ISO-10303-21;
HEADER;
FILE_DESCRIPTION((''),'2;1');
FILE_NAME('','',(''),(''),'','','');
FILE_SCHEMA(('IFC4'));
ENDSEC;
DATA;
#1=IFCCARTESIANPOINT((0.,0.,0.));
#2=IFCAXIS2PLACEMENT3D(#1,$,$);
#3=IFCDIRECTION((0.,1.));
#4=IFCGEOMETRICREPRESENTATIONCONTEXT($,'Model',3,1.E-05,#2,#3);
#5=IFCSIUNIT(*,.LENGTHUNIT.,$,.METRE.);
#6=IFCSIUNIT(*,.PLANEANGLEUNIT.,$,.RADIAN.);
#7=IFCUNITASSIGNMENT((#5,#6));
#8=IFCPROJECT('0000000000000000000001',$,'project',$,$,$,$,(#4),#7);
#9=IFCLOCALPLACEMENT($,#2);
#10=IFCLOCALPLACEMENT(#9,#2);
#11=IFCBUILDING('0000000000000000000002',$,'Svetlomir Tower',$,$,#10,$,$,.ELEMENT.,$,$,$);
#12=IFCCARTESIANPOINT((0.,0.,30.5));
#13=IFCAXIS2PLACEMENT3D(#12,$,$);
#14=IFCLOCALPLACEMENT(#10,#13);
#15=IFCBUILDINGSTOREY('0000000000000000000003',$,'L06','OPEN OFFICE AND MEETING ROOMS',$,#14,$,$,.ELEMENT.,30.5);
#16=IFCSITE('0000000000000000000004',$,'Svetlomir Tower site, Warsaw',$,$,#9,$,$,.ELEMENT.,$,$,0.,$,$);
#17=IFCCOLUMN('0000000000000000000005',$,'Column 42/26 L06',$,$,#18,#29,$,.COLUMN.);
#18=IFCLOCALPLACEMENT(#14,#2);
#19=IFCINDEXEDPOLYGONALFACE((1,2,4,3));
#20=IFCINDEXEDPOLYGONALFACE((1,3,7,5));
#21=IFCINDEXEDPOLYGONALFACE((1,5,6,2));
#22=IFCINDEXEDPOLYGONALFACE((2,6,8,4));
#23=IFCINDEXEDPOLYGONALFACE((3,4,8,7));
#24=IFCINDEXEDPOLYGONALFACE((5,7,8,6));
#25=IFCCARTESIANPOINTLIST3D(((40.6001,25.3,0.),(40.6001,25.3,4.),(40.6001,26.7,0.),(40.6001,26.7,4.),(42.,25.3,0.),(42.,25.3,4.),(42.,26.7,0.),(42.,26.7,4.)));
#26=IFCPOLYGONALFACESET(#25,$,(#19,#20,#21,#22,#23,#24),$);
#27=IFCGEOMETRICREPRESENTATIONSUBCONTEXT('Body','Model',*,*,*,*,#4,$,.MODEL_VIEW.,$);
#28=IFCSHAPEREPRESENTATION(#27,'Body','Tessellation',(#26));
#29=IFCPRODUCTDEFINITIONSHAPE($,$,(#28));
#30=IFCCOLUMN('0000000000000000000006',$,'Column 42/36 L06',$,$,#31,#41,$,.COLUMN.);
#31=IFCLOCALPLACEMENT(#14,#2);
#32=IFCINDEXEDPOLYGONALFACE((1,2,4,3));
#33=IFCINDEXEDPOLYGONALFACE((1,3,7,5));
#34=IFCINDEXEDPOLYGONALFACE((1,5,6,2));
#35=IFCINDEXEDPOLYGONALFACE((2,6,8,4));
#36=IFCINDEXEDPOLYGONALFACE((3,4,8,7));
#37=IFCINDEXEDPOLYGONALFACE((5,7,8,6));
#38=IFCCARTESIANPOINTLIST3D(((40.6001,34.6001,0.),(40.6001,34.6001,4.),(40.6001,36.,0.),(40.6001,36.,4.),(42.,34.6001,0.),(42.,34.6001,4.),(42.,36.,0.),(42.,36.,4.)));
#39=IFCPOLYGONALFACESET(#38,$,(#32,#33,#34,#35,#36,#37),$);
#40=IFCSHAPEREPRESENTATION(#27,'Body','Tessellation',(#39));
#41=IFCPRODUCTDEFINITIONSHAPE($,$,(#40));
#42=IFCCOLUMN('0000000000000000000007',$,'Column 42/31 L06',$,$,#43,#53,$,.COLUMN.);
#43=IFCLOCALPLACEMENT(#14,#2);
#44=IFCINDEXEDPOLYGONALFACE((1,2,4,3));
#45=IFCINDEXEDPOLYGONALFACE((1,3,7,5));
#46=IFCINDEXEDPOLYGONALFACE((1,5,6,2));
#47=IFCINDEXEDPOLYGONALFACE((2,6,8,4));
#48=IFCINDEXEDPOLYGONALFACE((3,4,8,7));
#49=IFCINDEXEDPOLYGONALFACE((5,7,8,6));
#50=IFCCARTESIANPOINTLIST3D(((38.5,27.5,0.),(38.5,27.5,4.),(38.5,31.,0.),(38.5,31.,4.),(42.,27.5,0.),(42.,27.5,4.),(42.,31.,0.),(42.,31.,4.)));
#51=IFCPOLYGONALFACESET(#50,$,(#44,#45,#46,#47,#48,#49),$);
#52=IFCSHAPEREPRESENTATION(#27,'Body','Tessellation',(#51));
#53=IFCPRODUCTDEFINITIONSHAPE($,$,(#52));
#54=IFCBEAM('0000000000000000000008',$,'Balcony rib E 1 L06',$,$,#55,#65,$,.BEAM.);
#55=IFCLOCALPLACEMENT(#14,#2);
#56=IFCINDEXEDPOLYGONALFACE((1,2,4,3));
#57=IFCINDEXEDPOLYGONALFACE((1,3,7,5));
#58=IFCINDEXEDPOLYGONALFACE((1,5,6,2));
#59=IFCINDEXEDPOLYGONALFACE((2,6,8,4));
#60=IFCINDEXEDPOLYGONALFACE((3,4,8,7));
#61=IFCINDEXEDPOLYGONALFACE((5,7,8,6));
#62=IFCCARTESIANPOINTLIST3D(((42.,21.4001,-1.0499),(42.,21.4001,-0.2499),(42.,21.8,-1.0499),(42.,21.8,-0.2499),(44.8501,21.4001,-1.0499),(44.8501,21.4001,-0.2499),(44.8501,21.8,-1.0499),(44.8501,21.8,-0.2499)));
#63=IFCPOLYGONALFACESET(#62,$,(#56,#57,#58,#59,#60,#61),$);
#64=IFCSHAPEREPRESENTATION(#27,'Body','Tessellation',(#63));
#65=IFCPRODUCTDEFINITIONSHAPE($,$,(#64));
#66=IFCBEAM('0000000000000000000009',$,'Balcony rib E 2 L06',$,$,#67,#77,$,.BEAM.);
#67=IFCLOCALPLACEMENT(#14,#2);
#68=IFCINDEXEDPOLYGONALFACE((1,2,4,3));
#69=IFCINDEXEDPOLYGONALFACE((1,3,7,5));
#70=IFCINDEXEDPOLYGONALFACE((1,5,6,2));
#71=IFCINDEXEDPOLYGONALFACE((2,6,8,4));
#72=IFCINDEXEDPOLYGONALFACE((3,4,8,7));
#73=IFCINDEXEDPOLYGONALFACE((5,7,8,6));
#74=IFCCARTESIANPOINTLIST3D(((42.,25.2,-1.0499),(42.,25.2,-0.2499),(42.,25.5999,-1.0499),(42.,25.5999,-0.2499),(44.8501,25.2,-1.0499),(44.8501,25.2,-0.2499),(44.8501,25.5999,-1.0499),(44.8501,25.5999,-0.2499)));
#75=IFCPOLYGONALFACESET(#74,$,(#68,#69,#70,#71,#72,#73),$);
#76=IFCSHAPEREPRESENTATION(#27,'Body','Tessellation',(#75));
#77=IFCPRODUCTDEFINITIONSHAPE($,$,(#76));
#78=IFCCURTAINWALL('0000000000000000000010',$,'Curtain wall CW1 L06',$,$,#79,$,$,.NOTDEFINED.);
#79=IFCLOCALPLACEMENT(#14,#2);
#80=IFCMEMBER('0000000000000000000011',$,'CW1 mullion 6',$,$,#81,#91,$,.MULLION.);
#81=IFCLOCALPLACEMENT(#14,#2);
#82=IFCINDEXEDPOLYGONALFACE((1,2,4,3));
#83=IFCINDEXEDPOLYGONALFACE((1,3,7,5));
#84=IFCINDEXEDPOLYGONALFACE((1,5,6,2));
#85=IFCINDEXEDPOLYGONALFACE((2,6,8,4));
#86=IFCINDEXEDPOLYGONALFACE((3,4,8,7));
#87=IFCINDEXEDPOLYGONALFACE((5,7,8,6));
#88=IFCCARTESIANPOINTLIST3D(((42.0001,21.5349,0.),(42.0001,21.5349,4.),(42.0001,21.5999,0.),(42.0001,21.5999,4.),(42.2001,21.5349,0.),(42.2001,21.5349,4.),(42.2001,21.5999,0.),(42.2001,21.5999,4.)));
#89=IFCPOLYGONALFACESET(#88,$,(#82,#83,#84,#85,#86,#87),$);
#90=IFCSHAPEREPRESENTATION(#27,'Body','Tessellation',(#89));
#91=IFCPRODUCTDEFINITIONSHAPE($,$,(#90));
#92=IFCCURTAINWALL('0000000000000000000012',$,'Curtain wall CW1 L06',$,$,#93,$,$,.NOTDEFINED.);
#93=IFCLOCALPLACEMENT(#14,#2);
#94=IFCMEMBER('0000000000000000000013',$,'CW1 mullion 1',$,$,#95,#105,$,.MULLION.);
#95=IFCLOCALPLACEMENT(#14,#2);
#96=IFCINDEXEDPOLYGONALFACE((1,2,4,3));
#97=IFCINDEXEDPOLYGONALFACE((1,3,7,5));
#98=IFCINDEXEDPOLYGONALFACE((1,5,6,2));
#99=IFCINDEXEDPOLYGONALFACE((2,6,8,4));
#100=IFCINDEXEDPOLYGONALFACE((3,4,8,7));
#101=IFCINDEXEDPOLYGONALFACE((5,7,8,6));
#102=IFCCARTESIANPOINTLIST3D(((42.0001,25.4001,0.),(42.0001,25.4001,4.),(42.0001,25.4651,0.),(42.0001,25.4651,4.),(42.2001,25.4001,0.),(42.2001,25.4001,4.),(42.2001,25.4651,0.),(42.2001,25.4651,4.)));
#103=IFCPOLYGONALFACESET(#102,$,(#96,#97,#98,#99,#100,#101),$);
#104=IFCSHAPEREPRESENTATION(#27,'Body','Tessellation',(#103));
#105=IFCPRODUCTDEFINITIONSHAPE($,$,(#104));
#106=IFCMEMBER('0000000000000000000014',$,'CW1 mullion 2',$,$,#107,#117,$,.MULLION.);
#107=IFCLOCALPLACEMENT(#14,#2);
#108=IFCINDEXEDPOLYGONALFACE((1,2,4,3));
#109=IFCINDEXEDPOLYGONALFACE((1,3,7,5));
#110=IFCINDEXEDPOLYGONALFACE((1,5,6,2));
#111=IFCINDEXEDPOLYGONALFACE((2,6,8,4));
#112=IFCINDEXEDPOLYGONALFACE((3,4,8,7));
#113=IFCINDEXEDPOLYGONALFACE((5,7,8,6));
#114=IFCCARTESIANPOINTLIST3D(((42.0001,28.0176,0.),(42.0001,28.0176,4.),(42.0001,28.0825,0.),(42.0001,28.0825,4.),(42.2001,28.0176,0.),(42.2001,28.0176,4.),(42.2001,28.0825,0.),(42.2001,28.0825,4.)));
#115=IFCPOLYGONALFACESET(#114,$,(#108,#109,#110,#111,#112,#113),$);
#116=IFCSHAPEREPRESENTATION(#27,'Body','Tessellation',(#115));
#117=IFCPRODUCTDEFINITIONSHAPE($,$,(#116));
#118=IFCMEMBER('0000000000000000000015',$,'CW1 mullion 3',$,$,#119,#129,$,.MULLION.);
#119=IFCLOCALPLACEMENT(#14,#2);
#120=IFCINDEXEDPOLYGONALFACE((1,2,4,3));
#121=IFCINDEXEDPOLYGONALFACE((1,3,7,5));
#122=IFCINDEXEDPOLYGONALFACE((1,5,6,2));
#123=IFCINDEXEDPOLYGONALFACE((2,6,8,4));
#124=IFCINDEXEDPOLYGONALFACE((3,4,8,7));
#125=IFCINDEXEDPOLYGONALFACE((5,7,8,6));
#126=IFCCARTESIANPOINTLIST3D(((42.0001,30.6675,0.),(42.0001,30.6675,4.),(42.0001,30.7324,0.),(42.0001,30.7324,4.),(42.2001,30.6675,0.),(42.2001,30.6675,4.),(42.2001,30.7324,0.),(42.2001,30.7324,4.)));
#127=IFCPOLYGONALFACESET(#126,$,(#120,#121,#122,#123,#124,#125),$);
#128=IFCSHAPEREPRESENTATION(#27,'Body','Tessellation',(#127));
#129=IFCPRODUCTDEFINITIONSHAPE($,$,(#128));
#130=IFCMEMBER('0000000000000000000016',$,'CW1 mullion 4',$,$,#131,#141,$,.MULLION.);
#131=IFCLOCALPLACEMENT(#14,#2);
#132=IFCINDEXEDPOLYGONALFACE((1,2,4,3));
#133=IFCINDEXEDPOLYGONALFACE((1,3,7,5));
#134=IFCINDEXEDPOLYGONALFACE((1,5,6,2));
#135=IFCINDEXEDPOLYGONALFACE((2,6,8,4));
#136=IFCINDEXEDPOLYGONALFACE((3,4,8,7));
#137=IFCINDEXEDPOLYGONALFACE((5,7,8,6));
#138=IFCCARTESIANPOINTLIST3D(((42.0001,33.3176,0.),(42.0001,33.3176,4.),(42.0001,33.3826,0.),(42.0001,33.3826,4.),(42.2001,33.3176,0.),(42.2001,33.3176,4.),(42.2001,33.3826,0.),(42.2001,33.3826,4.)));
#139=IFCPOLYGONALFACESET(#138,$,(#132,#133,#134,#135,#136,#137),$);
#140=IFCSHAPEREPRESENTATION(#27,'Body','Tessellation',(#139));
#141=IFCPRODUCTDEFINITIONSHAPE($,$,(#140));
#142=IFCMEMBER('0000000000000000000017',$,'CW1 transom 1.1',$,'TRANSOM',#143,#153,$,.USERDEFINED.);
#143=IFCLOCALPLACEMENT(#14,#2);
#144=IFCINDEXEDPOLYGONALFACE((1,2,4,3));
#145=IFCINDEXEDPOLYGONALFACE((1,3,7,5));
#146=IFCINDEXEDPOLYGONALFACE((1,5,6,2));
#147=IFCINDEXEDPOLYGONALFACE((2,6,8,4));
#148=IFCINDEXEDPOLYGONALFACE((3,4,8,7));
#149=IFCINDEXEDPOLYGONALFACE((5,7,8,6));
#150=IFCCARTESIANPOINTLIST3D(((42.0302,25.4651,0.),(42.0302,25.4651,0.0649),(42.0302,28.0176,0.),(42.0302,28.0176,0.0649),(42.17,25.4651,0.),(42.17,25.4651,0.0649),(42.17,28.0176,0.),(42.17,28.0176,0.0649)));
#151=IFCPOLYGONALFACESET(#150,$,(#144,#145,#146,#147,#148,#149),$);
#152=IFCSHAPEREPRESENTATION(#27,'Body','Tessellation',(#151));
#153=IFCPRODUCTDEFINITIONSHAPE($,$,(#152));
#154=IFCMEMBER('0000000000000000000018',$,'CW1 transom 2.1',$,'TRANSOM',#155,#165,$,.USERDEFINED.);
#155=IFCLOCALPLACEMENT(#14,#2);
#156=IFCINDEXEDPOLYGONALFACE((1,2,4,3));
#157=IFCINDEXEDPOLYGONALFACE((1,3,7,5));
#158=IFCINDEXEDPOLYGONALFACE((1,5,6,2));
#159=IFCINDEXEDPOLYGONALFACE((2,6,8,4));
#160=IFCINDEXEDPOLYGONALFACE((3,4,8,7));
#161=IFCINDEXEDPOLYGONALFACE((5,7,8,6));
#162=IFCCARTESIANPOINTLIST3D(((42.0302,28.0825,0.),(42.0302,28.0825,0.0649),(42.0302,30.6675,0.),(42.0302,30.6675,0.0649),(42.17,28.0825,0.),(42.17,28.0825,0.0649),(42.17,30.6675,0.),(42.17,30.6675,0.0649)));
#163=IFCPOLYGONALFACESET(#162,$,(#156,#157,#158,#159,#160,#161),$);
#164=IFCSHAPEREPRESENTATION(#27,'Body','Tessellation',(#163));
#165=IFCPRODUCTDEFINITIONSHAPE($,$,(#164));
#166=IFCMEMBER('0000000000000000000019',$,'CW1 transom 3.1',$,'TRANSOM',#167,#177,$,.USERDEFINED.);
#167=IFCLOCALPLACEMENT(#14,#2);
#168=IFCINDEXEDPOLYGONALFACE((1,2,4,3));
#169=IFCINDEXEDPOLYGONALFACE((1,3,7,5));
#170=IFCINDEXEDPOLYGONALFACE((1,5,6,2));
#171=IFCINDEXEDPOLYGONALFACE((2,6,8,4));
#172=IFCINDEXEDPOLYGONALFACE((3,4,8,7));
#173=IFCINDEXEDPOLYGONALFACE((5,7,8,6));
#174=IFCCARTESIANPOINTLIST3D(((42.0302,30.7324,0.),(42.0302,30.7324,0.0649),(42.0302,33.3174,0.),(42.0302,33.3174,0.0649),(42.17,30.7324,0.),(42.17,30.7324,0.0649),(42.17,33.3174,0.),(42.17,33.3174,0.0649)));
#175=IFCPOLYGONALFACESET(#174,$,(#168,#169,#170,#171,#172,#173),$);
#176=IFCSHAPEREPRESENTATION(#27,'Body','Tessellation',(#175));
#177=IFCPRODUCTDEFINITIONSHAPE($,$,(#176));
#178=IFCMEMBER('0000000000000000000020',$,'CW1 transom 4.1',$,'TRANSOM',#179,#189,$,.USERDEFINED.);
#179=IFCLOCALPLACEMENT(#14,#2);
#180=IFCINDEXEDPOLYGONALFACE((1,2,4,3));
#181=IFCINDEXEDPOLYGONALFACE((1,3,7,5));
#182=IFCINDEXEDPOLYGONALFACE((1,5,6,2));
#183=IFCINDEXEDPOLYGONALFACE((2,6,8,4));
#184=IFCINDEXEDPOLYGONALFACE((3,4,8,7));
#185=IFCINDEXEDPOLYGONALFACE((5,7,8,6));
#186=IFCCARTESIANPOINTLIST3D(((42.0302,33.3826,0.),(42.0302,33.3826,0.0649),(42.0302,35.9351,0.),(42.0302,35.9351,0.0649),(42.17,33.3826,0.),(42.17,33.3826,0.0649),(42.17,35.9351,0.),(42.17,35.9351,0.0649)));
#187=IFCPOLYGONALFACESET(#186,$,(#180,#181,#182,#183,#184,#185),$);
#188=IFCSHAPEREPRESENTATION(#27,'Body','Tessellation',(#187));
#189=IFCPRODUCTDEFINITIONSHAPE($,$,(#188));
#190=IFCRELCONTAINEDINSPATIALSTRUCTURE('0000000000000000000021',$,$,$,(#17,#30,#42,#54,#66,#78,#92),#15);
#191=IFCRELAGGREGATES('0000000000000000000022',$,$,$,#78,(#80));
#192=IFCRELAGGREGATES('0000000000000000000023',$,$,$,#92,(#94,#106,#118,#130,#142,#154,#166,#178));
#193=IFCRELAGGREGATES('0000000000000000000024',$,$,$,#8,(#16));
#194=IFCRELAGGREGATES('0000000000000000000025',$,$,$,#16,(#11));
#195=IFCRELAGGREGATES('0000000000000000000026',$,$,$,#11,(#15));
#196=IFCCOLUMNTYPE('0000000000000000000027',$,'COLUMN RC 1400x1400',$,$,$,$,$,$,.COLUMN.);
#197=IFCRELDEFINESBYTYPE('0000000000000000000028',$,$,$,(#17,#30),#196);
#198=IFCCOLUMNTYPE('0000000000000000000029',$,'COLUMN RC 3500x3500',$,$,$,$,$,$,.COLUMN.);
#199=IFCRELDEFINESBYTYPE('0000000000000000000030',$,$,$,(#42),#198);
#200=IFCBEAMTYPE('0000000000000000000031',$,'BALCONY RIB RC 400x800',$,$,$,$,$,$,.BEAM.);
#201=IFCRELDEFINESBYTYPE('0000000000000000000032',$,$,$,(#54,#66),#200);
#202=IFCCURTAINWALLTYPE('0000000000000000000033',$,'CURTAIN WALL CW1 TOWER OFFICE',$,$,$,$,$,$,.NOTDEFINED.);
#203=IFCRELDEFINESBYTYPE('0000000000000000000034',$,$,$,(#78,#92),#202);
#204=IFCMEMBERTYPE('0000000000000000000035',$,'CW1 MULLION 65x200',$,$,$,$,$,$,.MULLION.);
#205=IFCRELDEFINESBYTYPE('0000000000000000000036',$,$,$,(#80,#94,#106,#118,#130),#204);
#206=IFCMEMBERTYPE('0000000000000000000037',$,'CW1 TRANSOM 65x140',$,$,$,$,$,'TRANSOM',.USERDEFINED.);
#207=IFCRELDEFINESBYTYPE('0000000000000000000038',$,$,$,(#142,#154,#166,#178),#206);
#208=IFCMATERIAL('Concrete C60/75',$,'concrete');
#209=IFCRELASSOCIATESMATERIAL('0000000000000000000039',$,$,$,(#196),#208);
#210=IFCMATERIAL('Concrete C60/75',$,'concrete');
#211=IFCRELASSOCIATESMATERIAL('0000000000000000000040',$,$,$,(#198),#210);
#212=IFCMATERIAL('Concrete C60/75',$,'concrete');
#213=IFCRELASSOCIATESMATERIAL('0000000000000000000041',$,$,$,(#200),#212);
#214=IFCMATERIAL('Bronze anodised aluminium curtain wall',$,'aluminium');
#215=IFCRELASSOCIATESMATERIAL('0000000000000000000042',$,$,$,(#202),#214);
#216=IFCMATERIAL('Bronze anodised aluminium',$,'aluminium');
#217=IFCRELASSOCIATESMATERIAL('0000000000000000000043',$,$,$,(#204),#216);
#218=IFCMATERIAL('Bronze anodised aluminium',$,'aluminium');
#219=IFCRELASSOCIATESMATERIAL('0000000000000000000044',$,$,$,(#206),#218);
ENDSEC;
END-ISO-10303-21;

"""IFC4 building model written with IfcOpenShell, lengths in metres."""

from ifc_helpers import new_model, si_unit, direction, frame, origin, origin_2d, place, context, subcontext, project, spatial, rectangle, extrude, material, material_profile, profile_set, type_object, element, aggregate, save


model = new_model("IFC4")

# Units and contexts
model_context = context("Model", 3, precision=1e-05, world=origin(), true_north=direction((0.0, 1.0)))
body_context = subcontext(model_context, "Body", "Model", "MODEL_VIEW")
ifc_project = project(units=[si_unit("LENGTHUNIT", "METRE"), si_unit("PLANEANGLEUNIT", "RADIAN")], contexts=[model_context])

# Site, building, storey
site_placement = place(None, origin())
site = spatial("IfcSite", under=ifc_project, at=site_placement, Name="Svetlomir Tower site, Warsaw", CompositionType="ELEMENT", RefElevation=0.0)
building_placement = place(site_placement, origin())
building = spatial("IfcBuilding", under=site, at=building_placement, Name="Svetlomir Tower", CompositionType="ELEMENT")
storey_placement = place(building_placement, frame((0.0, 0.0, 30.5)))
storey = spatial("IfcBuildingStorey", under=building, at=storey_placement, Name="L06", Description="OPEN OFFICE AND MEETING ROOMS", CompositionType="ELEMENT", Elevation=30.5)

# Columns
ifc_material_1 = material(Name="Concrete C60/75", Category="concrete")
ifc_material_profile_1 = material_profile(ifc_material_1, rectangle(XDim=1.3999, YDim=1.3999, at=origin_2d()), Name="RC 1400x1400")
ifc_profile_set_1 = profile_set([ifc_material_profile_1], Name="Concrete C60/75")
column_type_1 = type_object("IfcColumnType", Name="COLUMN RC 1400x1400", PredefinedType="COLUMN", material=ifc_profile_set_1)
for number, where, z_axis, x_axis, name in (
    (1, (41.3, 26.0, 0.0), (0.0, 0.0, 1.0), (1.0, 0.0, 0.0), "Column 42/26 L06"),
    (2, (41.3, 35.3, 0.0), (0.0, 0.0, 1.0), (1.0, 0.0, 0.0), "Column 42/36 L06"),
):
    element("IfcColumn", number, at=place(storey_placement, frame(where, z_axis=z_axis, x_axis=x_axis)), inside=storey, type_object=column_type_1, Name=name, PredefinedType="COLUMN", context=body_context, shape_type="SweptSolid", body=[
        extrude(rectangle(XDim=1.3999, YDim=1.3999, at=origin_2d()), origin(), (0.0, 0.0, 1.0), 4.0),
    ])
ifc_material_2 = material(Name="Concrete C60/75", Category="concrete")
ifc_material_profile_2 = material_profile(ifc_material_2, rectangle(XDim=3.5, YDim=3.5, at=origin_2d()), Name="RC 3500x3500")
ifc_profile_set_2 = profile_set([ifc_material_profile_2], Name="Concrete C60/75")
column_type_2 = type_object("IfcColumnType", Name="COLUMN RC 3500x3500", PredefinedType="COLUMN", material=ifc_profile_set_2)
column_placement = place(storey_placement, frame((40.25, 29.25, 0.0), z_axis=(0.0, 0.0, 1.0), x_axis=(1.0, 0.0, 0.0)))
element("IfcColumn", 3, at=column_placement, inside=storey, type_object=column_type_2, Name="Column 42/31 L06", PredefinedType="COLUMN", context=body_context, shape_type="SweptSolid", body=[
    extrude(rectangle(XDim=3.5, YDim=3.5, at=origin_2d()), origin(), (0.0, 0.0, 1.0), 4.0),
])

# Beams
ifc_material_3 = material(Name="Concrete C60/75", Category="concrete")
ifc_material_profile_3 = material_profile(ifc_material_3, rectangle(XDim=0.3999, YDim=0.8, at=origin_2d()), Name="RC 400x800")
ifc_profile_set_3 = profile_set([ifc_material_profile_3], Name="Concrete C60/75")
beam_type_1 = type_object("IfcBeamType", Name="BALCONY RIB RC 400x800", PredefinedType="BEAM", material=ifc_profile_set_3)
for number, where, z_axis, x_axis, name in (
    (4, (42.0, 21.6001, -0.6499), (1.0, 0.0, 0.0), (0.0, 1.0, 0.0), "Balcony rib E 1 L06"),
    (5, (42.0, 25.3999, -0.6499), (1.0, 0.0, 0.0), (0.0, 1.0, 0.0), "Balcony rib E 2 L06"),
):
    element("IfcBeam", number, at=place(storey_placement, frame(where, z_axis=z_axis, x_axis=x_axis)), inside=storey, type_object=beam_type_1, Name=name, PredefinedType="BEAM", context=body_context, shape_type="SweptSolid", body=[
        extrude(rectangle(XDim=0.3999, YDim=0.8, at=origin_2d()), origin(), (0.0, 0.0, 1.0), 2.8501),
    ])

# Curtain wall, member
ifc_material_4 = material(Name="Bronze anodised aluminium curtain wall", Category="aluminium")
curtain_wall_type = type_object("IfcCurtainWallType", Name="CURTAIN WALL CW1 TOWER OFFICE", PredefinedType="NOTDEFINED", material=ifc_material_4)
curtain_wall_1_placement = place(storey_placement, origin())
curtain_wall_1 = element("IfcCurtainWall", 6, at=curtain_wall_1_placement, inside=storey, type_object=curtain_wall_type, Name="Curtain wall CW1 L06", PredefinedType="NOTDEFINED")
ifc_material_5 = material(Name="Bronze anodised aluminium", Category="aluminium")
ifc_material_profile_4 = material_profile(ifc_material_5, rectangle(XDim=0.0649, YDim=0.2, at=origin_2d()), Name="AL 65x200")
ifc_profile_set_4 = profile_set([ifc_material_profile_4], Name="Bronze anodised aluminium 6063-T6")
member_type_1 = type_object("IfcMemberType", Name="CW1 MULLION 65x200", PredefinedType="MULLION", material=ifc_profile_set_4)
member_1_placement = place(storey_placement, frame((42.1001, 21.5674, 0.0), z_axis=(0.0, 0.0, 1.0), x_axis=(0.0, 1.0, 0.0)))
member_1 = element("IfcMember", 7, at=member_1_placement, type_object=member_type_1, Name="CW1 mullion 6", PredefinedType="MULLION", context=body_context, shape_type="SweptSolid", body=[
    extrude(rectangle(XDim=0.0649, YDim=0.2, at=origin_2d()), origin(), (0.0, 0.0, 1.0), 4.0),
])
aggregate(curtain_wall_1, [member_1])

# Curtain wall, members
curtain_wall_2_placement = place(storey_placement, origin())
curtain_wall_2 = element("IfcCurtainWall", 8, at=curtain_wall_2_placement, inside=storey, type_object=curtain_wall_type, Name="Curtain wall CW1 L06", PredefinedType="NOTDEFINED")
member_2_placement = place(storey_placement, frame((42.1001, 25.4326, 0.0), z_axis=(0.0, 0.0, 1.0), x_axis=(0.0, 1.0, 0.0)))
member_2 = element("IfcMember", 9, at=member_2_placement, type_object=member_type_1, Name="CW1 mullion 1", PredefinedType="MULLION", context=body_context, shape_type="SweptSolid", body=[
    extrude(rectangle(XDim=0.0649, YDim=0.2, at=origin_2d()), origin(), (0.0, 0.0, 1.0), 4.0),
])
member_3_placement = place(storey_placement, frame((42.1001, 28.05, 0.0), z_axis=(0.0, 0.0, 1.0), x_axis=(0.0, 1.0, 0.0)))
member_3 = element("IfcMember", 10, at=member_3_placement, type_object=member_type_1, Name="CW1 mullion 2", PredefinedType="MULLION", context=body_context, shape_type="SweptSolid", body=[
    extrude(rectangle(XDim=0.0649, YDim=0.2, at=origin_2d()), origin(), (0.0, 0.0, 1.0), 4.0),
])
member_4_placement = place(storey_placement, frame((42.1001, 30.7, 0.0), z_axis=(0.0, 0.0, 1.0), x_axis=(0.0, 1.0, 0.0)))
member_4 = element("IfcMember", 11, at=member_4_placement, type_object=member_type_1, Name="CW1 mullion 3", PredefinedType="MULLION", context=body_context, shape_type="SweptSolid", body=[
    extrude(rectangle(XDim=0.0649, YDim=0.2, at=origin_2d()), origin(), (0.0, 0.0, 1.0), 4.0),
])
member_5_placement = place(storey_placement, frame((42.1001, 33.3501, 0.0), z_axis=(0.0, 0.0, 1.0), x_axis=(0.0, 1.0, 0.0)))
member_5 = element("IfcMember", 12, at=member_5_placement, type_object=member_type_1, Name="CW1 mullion 4", PredefinedType="MULLION", context=body_context, shape_type="SweptSolid", body=[
    extrude(rectangle(XDim=0.0649, YDim=0.2, at=origin_2d()), origin(), (0.0, 0.0, 1.0), 4.0),
])
ifc_material_6 = material(Name="Bronze anodised aluminium", Category="aluminium")
ifc_material_profile_5 = material_profile(ifc_material_6, rectangle(XDim=0.1399, YDim=0.0649, at=origin_2d()), Name="AL 140x65")
ifc_profile_set_5 = profile_set([ifc_material_profile_5], Name="Bronze anodised aluminium 6063-T6")
member_type_2 = type_object("IfcMemberType", Name="CW1 TRANSOM 65x140", ElementType="TRANSOM", PredefinedType="USERDEFINED", material=ifc_profile_set_5)
member_6_placement = place(storey_placement, frame((42.1001, 25.4651, 0.0325), z_axis=(0.0, 1.0, 0.0), x_axis=(-1.0, 0.0, 0.0)))
member_6 = element("IfcMember", 13, at=member_6_placement, type_object=member_type_2, Name="CW1 transom 1.1", ObjectType="TRANSOM", PredefinedType="USERDEFINED", context=body_context, shape_type="SweptSolid", body=[
    extrude(rectangle(XDim=0.1399, YDim=0.0649, at=origin_2d()), origin(), (0.0, 0.0, 1.0), 2.5525),
])
member_7_placement = place(storey_placement, frame((42.1001, 28.0825, 0.0325), z_axis=(0.0, 1.0, 0.0), x_axis=(-1.0, 0.0, 0.0)))
member_7 = element("IfcMember", 14, at=member_7_placement, type_object=member_type_2, Name="CW1 transom 2.1", ObjectType="TRANSOM", PredefinedType="USERDEFINED", context=body_context, shape_type="SweptSolid", body=[
    extrude(rectangle(XDim=0.1399, YDim=0.0649, at=origin_2d()), origin(), (0.0, 0.0, 1.0), 2.585),
])
member_8_placement = place(storey_placement, frame((42.1001, 30.7324, 0.0325), z_axis=(0.0, 1.0, 0.0), x_axis=(-1.0, 0.0, 0.0)))
member_8 = element("IfcMember", 15, at=member_8_placement, type_object=member_type_2, Name="CW1 transom 3.1", ObjectType="TRANSOM", PredefinedType="USERDEFINED", context=body_context, shape_type="SweptSolid", body=[
    extrude(rectangle(XDim=0.1399, YDim=0.0649, at=origin_2d()), origin(), (0.0, 0.0, 1.0), 2.585),
])
member_9_placement = place(storey_placement, frame((42.1001, 33.3826, 0.0325), z_axis=(0.0, 1.0, 0.0), x_axis=(-1.0, 0.0, 0.0)))
member_9 = element("IfcMember", 16, at=member_9_placement, type_object=member_type_2, Name="CW1 transom 4.1", ObjectType="TRANSOM", PredefinedType="USERDEFINED", context=body_context, shape_type="SweptSolid", body=[
    extrude(rectangle(XDim=0.1399, YDim=0.0649, at=origin_2d()), origin(), (0.0, 0.0, 1.0), 2.5525),
])

aggregate(curtain_wall_2, [member_2, member_3, member_4, member_5, member_6, member_7, member_8, member_9])

save(model, "model.ifc")
